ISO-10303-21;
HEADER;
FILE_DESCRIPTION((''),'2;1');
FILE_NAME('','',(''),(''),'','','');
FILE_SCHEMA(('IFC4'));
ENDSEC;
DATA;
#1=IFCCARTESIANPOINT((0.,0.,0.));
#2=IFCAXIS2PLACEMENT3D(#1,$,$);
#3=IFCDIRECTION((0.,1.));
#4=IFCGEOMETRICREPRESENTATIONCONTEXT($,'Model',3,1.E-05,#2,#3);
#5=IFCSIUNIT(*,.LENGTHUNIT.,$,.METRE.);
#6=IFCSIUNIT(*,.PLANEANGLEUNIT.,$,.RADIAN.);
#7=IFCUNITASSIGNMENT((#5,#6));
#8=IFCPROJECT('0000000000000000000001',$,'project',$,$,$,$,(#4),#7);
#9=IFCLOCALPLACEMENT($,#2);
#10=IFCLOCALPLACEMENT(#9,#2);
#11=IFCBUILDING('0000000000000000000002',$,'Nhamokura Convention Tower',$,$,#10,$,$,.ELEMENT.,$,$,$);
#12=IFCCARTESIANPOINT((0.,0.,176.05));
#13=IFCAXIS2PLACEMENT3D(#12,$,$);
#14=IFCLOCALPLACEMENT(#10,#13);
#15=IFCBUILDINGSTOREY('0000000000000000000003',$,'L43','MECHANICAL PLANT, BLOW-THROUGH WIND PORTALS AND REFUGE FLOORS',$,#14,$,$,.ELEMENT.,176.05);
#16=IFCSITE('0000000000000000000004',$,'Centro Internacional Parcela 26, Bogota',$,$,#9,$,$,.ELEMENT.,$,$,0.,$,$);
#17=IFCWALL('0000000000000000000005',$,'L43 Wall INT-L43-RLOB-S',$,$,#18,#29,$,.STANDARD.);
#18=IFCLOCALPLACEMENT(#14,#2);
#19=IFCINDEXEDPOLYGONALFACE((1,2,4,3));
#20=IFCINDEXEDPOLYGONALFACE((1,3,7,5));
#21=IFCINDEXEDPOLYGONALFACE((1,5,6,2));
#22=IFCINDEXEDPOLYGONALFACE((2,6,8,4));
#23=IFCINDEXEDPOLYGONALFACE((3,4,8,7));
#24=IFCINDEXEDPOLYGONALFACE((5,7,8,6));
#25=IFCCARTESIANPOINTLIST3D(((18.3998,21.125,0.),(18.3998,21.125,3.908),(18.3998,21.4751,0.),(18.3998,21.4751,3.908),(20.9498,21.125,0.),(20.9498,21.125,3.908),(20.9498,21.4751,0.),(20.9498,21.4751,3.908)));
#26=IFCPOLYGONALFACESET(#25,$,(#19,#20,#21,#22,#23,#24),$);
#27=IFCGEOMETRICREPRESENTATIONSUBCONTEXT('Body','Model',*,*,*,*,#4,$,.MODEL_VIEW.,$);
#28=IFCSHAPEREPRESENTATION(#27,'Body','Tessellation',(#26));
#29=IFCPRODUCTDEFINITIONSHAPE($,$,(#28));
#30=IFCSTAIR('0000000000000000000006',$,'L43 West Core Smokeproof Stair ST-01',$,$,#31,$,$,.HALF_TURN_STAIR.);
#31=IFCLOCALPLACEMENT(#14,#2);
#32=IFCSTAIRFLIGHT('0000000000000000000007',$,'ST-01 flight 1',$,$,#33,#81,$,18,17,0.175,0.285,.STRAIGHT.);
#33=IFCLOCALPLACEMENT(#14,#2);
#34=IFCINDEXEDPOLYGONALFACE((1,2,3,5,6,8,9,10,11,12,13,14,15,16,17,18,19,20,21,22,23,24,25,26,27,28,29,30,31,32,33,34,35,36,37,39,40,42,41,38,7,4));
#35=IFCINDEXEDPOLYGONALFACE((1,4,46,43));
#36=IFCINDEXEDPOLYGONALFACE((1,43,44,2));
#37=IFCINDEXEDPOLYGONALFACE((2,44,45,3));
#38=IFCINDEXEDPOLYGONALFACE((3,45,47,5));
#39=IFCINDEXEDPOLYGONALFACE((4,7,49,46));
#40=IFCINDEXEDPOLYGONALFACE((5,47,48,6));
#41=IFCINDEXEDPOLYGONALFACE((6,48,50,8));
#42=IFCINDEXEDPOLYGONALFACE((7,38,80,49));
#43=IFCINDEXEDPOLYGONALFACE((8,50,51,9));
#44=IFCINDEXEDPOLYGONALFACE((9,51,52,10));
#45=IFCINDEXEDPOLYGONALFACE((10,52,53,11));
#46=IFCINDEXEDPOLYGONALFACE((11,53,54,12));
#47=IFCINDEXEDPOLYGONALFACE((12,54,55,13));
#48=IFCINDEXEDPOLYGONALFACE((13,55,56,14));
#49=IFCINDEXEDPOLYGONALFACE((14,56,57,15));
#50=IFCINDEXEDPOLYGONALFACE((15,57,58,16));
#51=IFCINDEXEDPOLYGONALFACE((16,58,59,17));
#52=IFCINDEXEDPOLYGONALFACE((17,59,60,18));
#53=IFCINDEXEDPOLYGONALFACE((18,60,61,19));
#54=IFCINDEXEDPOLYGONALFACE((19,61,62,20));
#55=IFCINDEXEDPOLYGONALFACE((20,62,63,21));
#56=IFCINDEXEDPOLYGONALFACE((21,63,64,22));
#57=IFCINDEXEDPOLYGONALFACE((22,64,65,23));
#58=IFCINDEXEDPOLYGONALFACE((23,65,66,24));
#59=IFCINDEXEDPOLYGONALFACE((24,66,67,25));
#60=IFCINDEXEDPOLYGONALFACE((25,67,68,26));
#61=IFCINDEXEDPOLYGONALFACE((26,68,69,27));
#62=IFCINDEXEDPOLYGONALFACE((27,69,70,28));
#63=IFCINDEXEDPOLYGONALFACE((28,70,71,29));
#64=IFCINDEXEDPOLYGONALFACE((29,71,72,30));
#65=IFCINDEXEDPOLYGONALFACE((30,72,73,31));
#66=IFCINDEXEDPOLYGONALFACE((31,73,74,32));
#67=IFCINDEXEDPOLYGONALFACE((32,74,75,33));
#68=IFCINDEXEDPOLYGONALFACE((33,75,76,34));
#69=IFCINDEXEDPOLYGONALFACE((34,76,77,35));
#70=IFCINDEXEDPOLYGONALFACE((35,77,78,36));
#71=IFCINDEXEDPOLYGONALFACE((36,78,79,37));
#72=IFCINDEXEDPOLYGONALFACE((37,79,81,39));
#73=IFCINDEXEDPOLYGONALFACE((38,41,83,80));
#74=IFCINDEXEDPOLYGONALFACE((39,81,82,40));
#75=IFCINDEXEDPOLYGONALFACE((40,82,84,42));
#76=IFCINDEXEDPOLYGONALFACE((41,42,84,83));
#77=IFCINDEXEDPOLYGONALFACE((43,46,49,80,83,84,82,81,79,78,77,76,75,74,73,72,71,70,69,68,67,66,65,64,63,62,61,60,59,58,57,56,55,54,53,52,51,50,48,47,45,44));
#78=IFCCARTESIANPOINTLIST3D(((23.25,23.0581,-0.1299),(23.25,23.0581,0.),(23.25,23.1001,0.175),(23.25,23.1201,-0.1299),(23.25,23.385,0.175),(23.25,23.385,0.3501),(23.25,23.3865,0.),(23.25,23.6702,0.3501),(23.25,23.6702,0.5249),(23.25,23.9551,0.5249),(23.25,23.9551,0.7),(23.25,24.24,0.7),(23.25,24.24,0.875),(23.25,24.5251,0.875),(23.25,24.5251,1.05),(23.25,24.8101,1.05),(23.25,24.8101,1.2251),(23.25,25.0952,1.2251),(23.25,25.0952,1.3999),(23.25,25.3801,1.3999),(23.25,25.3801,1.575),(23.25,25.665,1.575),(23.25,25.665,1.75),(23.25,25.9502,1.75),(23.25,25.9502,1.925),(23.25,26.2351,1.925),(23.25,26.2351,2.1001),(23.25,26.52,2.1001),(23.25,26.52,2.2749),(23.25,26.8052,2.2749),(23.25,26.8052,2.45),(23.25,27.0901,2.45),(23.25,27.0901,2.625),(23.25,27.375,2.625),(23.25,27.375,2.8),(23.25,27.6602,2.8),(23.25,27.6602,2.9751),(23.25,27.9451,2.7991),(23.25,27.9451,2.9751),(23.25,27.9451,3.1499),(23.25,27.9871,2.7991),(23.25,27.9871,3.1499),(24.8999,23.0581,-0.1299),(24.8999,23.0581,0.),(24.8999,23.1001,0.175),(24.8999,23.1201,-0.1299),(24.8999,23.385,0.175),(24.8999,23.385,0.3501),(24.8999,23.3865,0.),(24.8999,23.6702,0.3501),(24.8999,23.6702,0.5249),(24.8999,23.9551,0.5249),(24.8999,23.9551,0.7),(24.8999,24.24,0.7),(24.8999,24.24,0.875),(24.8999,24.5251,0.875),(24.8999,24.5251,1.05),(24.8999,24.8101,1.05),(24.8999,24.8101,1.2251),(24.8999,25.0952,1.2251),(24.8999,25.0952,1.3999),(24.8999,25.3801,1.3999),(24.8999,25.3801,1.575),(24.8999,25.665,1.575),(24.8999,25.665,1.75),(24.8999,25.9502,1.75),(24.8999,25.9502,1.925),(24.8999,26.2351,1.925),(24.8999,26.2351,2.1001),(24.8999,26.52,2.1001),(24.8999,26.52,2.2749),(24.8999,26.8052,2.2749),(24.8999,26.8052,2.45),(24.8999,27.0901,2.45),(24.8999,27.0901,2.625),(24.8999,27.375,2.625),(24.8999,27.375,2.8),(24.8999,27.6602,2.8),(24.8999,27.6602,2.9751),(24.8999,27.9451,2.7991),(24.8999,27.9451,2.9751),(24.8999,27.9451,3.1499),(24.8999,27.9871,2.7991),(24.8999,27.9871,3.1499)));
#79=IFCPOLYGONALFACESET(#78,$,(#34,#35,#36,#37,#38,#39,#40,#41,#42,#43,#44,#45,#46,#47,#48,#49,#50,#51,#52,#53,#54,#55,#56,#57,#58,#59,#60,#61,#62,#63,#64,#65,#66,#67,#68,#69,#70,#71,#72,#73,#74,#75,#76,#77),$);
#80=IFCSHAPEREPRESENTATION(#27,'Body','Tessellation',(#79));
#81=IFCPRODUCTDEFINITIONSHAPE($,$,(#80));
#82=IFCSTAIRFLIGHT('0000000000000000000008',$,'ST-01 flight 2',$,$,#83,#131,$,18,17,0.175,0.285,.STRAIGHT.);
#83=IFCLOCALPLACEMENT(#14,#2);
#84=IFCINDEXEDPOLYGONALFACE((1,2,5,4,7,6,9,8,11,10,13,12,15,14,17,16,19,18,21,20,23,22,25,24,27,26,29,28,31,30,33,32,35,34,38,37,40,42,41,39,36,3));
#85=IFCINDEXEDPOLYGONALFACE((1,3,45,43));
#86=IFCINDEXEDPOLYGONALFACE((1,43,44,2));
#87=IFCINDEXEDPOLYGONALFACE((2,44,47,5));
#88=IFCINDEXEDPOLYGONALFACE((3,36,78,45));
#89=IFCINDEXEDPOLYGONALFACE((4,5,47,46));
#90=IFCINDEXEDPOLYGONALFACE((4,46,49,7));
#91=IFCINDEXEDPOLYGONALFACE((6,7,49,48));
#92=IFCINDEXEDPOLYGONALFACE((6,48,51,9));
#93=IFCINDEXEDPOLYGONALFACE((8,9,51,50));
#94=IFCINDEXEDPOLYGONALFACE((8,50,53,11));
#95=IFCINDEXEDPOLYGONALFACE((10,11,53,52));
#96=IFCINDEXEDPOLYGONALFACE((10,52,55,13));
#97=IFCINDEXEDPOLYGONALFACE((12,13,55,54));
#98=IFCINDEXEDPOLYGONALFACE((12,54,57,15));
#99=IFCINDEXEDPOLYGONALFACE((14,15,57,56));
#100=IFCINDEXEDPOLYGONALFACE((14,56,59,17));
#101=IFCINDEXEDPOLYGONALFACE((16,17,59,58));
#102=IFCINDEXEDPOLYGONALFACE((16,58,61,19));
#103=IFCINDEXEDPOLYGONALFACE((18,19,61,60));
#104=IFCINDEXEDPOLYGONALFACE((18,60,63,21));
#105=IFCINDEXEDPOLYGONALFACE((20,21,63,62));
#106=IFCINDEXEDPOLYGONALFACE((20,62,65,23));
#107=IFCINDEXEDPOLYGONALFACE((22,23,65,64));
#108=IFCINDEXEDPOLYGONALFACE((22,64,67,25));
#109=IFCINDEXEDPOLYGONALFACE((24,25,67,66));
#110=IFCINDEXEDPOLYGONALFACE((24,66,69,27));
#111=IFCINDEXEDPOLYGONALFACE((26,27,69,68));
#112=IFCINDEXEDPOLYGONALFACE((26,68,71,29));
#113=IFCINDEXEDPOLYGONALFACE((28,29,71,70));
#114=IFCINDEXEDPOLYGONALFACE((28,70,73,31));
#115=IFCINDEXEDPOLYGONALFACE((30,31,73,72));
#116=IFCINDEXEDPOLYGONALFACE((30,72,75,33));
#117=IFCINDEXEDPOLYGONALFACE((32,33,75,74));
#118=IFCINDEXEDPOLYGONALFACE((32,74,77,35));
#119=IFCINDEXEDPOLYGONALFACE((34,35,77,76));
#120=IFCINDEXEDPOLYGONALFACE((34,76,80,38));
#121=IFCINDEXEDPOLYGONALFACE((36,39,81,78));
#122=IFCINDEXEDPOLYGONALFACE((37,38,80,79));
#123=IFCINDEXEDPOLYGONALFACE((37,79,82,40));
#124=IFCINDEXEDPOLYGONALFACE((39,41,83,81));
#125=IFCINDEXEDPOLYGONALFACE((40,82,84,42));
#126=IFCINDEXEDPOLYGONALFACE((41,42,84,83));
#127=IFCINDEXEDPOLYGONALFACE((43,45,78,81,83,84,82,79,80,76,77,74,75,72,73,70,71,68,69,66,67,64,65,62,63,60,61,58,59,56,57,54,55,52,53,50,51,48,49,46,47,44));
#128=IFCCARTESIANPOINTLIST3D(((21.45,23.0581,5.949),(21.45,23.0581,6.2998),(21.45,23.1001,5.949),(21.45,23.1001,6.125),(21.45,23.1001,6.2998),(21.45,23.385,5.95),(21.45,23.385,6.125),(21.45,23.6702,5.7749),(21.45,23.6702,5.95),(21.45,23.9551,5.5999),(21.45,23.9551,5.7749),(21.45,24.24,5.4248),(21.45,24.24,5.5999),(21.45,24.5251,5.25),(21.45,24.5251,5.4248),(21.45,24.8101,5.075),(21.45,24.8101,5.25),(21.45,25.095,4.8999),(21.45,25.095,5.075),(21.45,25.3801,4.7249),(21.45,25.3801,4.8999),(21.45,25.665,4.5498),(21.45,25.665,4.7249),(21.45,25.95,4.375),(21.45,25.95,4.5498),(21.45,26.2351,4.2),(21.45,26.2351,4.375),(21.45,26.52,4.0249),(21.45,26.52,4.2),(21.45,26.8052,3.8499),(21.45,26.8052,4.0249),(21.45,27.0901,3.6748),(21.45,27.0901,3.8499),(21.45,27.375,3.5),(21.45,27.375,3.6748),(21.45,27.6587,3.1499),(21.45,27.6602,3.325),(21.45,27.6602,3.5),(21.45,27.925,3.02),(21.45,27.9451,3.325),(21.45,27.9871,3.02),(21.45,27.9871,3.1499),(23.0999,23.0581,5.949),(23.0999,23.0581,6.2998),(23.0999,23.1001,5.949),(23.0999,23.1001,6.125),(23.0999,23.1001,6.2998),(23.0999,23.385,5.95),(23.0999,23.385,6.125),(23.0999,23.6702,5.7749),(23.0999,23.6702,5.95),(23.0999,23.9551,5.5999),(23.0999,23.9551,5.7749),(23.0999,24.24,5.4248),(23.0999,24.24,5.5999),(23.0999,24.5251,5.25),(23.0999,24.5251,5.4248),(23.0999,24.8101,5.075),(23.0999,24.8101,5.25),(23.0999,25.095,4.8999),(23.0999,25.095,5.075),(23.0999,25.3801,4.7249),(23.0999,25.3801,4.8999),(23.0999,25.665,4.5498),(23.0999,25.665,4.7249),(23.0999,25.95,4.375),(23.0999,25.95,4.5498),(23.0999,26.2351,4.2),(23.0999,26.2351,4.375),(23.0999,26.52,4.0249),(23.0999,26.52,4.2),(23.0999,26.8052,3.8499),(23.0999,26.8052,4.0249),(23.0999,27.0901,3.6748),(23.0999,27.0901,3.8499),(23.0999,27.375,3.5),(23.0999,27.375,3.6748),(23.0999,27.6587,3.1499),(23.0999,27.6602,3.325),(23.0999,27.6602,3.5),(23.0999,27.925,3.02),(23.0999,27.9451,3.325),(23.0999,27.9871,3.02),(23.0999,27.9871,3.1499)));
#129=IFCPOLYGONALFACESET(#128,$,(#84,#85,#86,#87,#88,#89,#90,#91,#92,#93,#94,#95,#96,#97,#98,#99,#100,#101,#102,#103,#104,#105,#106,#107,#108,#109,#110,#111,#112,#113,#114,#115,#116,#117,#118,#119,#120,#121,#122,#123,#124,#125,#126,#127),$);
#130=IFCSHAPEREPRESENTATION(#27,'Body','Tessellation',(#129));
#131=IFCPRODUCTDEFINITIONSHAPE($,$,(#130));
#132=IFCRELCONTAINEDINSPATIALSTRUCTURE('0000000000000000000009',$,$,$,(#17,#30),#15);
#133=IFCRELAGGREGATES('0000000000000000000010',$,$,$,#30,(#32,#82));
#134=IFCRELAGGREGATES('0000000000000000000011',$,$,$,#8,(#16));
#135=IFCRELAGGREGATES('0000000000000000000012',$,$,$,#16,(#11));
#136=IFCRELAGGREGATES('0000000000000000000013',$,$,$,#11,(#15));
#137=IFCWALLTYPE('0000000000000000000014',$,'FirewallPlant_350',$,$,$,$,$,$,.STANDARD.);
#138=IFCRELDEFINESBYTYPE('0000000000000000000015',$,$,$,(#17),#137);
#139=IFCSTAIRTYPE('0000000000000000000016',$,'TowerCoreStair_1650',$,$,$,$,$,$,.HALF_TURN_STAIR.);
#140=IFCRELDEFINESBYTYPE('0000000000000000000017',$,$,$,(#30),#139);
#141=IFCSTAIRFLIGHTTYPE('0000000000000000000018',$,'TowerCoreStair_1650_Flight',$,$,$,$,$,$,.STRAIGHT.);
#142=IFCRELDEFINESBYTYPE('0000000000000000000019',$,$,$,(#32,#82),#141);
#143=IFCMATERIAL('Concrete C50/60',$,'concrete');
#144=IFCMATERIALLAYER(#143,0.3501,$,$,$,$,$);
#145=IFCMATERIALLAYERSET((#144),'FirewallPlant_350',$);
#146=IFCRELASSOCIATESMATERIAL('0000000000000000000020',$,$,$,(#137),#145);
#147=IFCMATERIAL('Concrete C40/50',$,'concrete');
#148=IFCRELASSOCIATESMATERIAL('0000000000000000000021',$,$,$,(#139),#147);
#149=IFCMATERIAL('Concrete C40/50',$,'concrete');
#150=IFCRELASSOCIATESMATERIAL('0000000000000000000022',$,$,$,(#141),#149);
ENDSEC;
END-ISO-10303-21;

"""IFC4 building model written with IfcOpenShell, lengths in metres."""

from ifc_helpers import new_model, si_unit, direction, frame, frame_2d, origin, place, context, subcontext, project, spatial, polyline, rectangle, outline, extrude, material, layer, layer_set, type_object, element, aggregate, save


model = new_model("IFC4")

# Units and contexts
model_context = context("Model", 3, precision=1e-05, world=origin(), true_north=direction((0.0, 1.0)))
body_context = subcontext(model_context, "Body", "Model", "MODEL_VIEW")
ifc_project = project(units=[si_unit("LENGTHUNIT", "METRE"), si_unit("PLANEANGLEUNIT", "RADIAN")], contexts=[model_context])

# Site, building, storey
site_placement = place(None, origin())
site = spatial("IfcSite", under=ifc_project, at=site_placement, Name="Centro Internacional Parcela 26, Bogota", CompositionType="ELEMENT", RefElevation=0.0)
building_placement = place(site_placement, origin())
building = spatial("IfcBuilding", under=site, at=building_placement, Name="Nhamokura Convention Tower", CompositionType="ELEMENT")
storey_placement = place(building_placement, frame((0.0, 0.0, 176.05)))
storey = spatial("IfcBuildingStorey", under=building, at=storey_placement, Name="L43", Description="MECHANICAL PLANT, BLOW-THROUGH WIND PORTALS AND REFUGE FLOORS", CompositionType="ELEMENT", Elevation=176.05)

# Wall
ifc_material_1 = material(Name="Concrete C50/60", Category="concrete")
ifc_layer_1 = layer(ifc_material_1, 0.3501)
ifc_layer_set_1 = layer_set([ifc_layer_1], Name="FirewallPlant_350")
wall_type_1 = type_object("IfcWallType", Name="FirewallPlant_350", PredefinedType="STANDARD", material=ifc_layer_set_1)
wall_1_placement = place(storey_placement, frame((18.3999, 21.3, 0.0), z_axis=(0.0, 0.0, 1.0), x_axis=(1.0, 0.0, 0.0)))
element("IfcWall", 1, at=wall_1_placement, inside=storey, type_object=wall_type_1, Name="L43 Wall INT-L43-RLOB-S", PredefinedType="STANDARD", context=body_context, shape_type="SweptSolid", body=[
    extrude(rectangle(XDim=2.55, YDim=0.3501, at=frame_2d((1.2749, 0.0))), origin(), (0.0, 0.0, 1.0), 3.908),
])

# Stair, stair flights
ifc_material_2 = material(Name="Concrete C40/50", Category="concrete")
stair_type = type_object("IfcStairType", Name="TowerCoreStair_1650", PredefinedType="HALF_TURN_STAIR", material=ifc_material_2)
stair_placement = place(storey_placement, origin())
stair = element("IfcStair", 2, at=stair_placement, inside=storey, type_object=stair_type, Name="L43 West Core Smokeproof Stair ST-01", PredefinedType="HALF_TURN_STAIR")
ifc_material_3 = material(Name="Concrete C40/50", Category="concrete")
stair_flight_type = type_object("IfcStairFlightType", Name="TowerCoreStair_1650_Flight", PredefinedType="STRAIGHT", material=ifc_material_3)
stair_flight_1_placement = place(storey_placement, frame((24.075, 23.1001, 0.0), z_axis=(0.0, 0.0, 1.0), x_axis=(0.0, 1.0, 0.0)))
stair_flight_1 = element("IfcStairFlight", 3, at=stair_flight_1_placement, type_object=stair_flight_type, Name="ST-01 flight 1", NumberOfRisers=18, NumberOfTreads=17, PredefinedType="STRAIGHT", RiserHeight=0.175, TreadLength=0.285, context=body_context, shape_type="SweptSolid", body=[
    extrude(outline(polyline([(-0.042, 0.0), (0.0, 0.175), (0.2849, 0.175), (0.2849, 0.3501), (0.5701, 0.3501), (0.5701, 0.5249), (0.855, 0.5249), (0.855, 0.7), (1.1399, 0.7), (1.1399, 0.875), (1.425, 0.875), (1.425, 1.05), (1.71, 1.05), (1.71, 1.2251), (1.9951, 1.2251), (1.9951, 1.3999), (2.28, 1.3999), (2.28, 1.575), (2.5649, 1.575), (2.5649, 1.75), (2.8501, 1.75), (2.8501, 1.925), (3.135, 1.925), (3.135, 2.1001), (3.4199, 2.1001), (3.4199, 2.2749), (3.7051, 2.2749), (3.7051, 2.45), (3.99, 2.45), (3.99, 2.625), (4.2749, 2.625), (4.2749, 2.8), (4.5601, 2.8), (4.5601, 2.9751), (4.845, 2.9751), (4.845, 3.1499), (4.887, 3.1499), (4.887, 2.7991), (4.845, 2.7991), (0.2864, 0.0), (0.02, -0.1299), (-0.042, -0.1299), (-0.042, 0.0)])), frame((0.0, 0.825, 0.0), z_axis=(0.0, -1.0, 0.0), x_axis=(1.0, 0.0, 0.0)), (0.0, 0.0, 1.0), 1.6499),
])
stair_flight_2_placement = place(storey_placement, frame((22.2749, 27.9451, 3.1499), z_axis=(0.0, 0.0, 1.0), x_axis=(0.0, -1.0, 0.0)))
stair_flight_2 = element("IfcStairFlight", 4, at=stair_flight_2_placement, type_object=stair_flight_type, Name="ST-01 flight 2", NumberOfRisers=18, NumberOfTreads=17, PredefinedType="STRAIGHT", RiserHeight=0.175, TreadLength=0.285, context=body_context, shape_type="SweptSolid", body=[
    extrude(outline(polyline([(-0.042, 0.0), (0.0, 0.175), (0.2849, 0.175), (0.2849, 0.3501), (0.5701, 0.3501), (0.5701, 0.5249), (0.855, 0.5249), (0.855, 0.7), (1.1399, 0.7), (1.1399, 0.875), (1.425, 0.875), (1.425, 1.05), (1.71, 1.05), (1.71, 1.2251), (1.9951, 1.2251), (1.9951, 1.3999), (2.28, 1.3999), (2.28, 1.575), (2.5649, 1.575), (2.5649, 1.75), (2.8501, 1.75), (2.8501, 1.925), (3.135, 1.925), (3.135, 2.1001), (3.4199, 2.1001), (3.4199, 2.2749), (3.7051, 2.2749), (3.7051, 2.45), (3.99, 2.45), (3.99, 2.625), (4.2749, 2.625), (4.2749, 2.8), (4.5601, 2.8), (4.5601, 2.9751), (4.845, 2.9751), (4.845, 3.1499), (4.887, 3.1499), (4.887, 2.7991), (4.845, 2.7991), (0.2864, 0.0), (0.02, -0.1299), (-0.042, -0.1299), (-0.042, 0.0)])), frame((0.0, 0.825, 0.0), z_axis=(0.0, -1.0, 0.0), x_axis=(1.0, 0.0, 0.0)), (0.0, 0.0, 1.0), 1.6499),
])
aggregate(stair, [stair_flight_1, stair_flight_2])

save(model, "model.ifc")
